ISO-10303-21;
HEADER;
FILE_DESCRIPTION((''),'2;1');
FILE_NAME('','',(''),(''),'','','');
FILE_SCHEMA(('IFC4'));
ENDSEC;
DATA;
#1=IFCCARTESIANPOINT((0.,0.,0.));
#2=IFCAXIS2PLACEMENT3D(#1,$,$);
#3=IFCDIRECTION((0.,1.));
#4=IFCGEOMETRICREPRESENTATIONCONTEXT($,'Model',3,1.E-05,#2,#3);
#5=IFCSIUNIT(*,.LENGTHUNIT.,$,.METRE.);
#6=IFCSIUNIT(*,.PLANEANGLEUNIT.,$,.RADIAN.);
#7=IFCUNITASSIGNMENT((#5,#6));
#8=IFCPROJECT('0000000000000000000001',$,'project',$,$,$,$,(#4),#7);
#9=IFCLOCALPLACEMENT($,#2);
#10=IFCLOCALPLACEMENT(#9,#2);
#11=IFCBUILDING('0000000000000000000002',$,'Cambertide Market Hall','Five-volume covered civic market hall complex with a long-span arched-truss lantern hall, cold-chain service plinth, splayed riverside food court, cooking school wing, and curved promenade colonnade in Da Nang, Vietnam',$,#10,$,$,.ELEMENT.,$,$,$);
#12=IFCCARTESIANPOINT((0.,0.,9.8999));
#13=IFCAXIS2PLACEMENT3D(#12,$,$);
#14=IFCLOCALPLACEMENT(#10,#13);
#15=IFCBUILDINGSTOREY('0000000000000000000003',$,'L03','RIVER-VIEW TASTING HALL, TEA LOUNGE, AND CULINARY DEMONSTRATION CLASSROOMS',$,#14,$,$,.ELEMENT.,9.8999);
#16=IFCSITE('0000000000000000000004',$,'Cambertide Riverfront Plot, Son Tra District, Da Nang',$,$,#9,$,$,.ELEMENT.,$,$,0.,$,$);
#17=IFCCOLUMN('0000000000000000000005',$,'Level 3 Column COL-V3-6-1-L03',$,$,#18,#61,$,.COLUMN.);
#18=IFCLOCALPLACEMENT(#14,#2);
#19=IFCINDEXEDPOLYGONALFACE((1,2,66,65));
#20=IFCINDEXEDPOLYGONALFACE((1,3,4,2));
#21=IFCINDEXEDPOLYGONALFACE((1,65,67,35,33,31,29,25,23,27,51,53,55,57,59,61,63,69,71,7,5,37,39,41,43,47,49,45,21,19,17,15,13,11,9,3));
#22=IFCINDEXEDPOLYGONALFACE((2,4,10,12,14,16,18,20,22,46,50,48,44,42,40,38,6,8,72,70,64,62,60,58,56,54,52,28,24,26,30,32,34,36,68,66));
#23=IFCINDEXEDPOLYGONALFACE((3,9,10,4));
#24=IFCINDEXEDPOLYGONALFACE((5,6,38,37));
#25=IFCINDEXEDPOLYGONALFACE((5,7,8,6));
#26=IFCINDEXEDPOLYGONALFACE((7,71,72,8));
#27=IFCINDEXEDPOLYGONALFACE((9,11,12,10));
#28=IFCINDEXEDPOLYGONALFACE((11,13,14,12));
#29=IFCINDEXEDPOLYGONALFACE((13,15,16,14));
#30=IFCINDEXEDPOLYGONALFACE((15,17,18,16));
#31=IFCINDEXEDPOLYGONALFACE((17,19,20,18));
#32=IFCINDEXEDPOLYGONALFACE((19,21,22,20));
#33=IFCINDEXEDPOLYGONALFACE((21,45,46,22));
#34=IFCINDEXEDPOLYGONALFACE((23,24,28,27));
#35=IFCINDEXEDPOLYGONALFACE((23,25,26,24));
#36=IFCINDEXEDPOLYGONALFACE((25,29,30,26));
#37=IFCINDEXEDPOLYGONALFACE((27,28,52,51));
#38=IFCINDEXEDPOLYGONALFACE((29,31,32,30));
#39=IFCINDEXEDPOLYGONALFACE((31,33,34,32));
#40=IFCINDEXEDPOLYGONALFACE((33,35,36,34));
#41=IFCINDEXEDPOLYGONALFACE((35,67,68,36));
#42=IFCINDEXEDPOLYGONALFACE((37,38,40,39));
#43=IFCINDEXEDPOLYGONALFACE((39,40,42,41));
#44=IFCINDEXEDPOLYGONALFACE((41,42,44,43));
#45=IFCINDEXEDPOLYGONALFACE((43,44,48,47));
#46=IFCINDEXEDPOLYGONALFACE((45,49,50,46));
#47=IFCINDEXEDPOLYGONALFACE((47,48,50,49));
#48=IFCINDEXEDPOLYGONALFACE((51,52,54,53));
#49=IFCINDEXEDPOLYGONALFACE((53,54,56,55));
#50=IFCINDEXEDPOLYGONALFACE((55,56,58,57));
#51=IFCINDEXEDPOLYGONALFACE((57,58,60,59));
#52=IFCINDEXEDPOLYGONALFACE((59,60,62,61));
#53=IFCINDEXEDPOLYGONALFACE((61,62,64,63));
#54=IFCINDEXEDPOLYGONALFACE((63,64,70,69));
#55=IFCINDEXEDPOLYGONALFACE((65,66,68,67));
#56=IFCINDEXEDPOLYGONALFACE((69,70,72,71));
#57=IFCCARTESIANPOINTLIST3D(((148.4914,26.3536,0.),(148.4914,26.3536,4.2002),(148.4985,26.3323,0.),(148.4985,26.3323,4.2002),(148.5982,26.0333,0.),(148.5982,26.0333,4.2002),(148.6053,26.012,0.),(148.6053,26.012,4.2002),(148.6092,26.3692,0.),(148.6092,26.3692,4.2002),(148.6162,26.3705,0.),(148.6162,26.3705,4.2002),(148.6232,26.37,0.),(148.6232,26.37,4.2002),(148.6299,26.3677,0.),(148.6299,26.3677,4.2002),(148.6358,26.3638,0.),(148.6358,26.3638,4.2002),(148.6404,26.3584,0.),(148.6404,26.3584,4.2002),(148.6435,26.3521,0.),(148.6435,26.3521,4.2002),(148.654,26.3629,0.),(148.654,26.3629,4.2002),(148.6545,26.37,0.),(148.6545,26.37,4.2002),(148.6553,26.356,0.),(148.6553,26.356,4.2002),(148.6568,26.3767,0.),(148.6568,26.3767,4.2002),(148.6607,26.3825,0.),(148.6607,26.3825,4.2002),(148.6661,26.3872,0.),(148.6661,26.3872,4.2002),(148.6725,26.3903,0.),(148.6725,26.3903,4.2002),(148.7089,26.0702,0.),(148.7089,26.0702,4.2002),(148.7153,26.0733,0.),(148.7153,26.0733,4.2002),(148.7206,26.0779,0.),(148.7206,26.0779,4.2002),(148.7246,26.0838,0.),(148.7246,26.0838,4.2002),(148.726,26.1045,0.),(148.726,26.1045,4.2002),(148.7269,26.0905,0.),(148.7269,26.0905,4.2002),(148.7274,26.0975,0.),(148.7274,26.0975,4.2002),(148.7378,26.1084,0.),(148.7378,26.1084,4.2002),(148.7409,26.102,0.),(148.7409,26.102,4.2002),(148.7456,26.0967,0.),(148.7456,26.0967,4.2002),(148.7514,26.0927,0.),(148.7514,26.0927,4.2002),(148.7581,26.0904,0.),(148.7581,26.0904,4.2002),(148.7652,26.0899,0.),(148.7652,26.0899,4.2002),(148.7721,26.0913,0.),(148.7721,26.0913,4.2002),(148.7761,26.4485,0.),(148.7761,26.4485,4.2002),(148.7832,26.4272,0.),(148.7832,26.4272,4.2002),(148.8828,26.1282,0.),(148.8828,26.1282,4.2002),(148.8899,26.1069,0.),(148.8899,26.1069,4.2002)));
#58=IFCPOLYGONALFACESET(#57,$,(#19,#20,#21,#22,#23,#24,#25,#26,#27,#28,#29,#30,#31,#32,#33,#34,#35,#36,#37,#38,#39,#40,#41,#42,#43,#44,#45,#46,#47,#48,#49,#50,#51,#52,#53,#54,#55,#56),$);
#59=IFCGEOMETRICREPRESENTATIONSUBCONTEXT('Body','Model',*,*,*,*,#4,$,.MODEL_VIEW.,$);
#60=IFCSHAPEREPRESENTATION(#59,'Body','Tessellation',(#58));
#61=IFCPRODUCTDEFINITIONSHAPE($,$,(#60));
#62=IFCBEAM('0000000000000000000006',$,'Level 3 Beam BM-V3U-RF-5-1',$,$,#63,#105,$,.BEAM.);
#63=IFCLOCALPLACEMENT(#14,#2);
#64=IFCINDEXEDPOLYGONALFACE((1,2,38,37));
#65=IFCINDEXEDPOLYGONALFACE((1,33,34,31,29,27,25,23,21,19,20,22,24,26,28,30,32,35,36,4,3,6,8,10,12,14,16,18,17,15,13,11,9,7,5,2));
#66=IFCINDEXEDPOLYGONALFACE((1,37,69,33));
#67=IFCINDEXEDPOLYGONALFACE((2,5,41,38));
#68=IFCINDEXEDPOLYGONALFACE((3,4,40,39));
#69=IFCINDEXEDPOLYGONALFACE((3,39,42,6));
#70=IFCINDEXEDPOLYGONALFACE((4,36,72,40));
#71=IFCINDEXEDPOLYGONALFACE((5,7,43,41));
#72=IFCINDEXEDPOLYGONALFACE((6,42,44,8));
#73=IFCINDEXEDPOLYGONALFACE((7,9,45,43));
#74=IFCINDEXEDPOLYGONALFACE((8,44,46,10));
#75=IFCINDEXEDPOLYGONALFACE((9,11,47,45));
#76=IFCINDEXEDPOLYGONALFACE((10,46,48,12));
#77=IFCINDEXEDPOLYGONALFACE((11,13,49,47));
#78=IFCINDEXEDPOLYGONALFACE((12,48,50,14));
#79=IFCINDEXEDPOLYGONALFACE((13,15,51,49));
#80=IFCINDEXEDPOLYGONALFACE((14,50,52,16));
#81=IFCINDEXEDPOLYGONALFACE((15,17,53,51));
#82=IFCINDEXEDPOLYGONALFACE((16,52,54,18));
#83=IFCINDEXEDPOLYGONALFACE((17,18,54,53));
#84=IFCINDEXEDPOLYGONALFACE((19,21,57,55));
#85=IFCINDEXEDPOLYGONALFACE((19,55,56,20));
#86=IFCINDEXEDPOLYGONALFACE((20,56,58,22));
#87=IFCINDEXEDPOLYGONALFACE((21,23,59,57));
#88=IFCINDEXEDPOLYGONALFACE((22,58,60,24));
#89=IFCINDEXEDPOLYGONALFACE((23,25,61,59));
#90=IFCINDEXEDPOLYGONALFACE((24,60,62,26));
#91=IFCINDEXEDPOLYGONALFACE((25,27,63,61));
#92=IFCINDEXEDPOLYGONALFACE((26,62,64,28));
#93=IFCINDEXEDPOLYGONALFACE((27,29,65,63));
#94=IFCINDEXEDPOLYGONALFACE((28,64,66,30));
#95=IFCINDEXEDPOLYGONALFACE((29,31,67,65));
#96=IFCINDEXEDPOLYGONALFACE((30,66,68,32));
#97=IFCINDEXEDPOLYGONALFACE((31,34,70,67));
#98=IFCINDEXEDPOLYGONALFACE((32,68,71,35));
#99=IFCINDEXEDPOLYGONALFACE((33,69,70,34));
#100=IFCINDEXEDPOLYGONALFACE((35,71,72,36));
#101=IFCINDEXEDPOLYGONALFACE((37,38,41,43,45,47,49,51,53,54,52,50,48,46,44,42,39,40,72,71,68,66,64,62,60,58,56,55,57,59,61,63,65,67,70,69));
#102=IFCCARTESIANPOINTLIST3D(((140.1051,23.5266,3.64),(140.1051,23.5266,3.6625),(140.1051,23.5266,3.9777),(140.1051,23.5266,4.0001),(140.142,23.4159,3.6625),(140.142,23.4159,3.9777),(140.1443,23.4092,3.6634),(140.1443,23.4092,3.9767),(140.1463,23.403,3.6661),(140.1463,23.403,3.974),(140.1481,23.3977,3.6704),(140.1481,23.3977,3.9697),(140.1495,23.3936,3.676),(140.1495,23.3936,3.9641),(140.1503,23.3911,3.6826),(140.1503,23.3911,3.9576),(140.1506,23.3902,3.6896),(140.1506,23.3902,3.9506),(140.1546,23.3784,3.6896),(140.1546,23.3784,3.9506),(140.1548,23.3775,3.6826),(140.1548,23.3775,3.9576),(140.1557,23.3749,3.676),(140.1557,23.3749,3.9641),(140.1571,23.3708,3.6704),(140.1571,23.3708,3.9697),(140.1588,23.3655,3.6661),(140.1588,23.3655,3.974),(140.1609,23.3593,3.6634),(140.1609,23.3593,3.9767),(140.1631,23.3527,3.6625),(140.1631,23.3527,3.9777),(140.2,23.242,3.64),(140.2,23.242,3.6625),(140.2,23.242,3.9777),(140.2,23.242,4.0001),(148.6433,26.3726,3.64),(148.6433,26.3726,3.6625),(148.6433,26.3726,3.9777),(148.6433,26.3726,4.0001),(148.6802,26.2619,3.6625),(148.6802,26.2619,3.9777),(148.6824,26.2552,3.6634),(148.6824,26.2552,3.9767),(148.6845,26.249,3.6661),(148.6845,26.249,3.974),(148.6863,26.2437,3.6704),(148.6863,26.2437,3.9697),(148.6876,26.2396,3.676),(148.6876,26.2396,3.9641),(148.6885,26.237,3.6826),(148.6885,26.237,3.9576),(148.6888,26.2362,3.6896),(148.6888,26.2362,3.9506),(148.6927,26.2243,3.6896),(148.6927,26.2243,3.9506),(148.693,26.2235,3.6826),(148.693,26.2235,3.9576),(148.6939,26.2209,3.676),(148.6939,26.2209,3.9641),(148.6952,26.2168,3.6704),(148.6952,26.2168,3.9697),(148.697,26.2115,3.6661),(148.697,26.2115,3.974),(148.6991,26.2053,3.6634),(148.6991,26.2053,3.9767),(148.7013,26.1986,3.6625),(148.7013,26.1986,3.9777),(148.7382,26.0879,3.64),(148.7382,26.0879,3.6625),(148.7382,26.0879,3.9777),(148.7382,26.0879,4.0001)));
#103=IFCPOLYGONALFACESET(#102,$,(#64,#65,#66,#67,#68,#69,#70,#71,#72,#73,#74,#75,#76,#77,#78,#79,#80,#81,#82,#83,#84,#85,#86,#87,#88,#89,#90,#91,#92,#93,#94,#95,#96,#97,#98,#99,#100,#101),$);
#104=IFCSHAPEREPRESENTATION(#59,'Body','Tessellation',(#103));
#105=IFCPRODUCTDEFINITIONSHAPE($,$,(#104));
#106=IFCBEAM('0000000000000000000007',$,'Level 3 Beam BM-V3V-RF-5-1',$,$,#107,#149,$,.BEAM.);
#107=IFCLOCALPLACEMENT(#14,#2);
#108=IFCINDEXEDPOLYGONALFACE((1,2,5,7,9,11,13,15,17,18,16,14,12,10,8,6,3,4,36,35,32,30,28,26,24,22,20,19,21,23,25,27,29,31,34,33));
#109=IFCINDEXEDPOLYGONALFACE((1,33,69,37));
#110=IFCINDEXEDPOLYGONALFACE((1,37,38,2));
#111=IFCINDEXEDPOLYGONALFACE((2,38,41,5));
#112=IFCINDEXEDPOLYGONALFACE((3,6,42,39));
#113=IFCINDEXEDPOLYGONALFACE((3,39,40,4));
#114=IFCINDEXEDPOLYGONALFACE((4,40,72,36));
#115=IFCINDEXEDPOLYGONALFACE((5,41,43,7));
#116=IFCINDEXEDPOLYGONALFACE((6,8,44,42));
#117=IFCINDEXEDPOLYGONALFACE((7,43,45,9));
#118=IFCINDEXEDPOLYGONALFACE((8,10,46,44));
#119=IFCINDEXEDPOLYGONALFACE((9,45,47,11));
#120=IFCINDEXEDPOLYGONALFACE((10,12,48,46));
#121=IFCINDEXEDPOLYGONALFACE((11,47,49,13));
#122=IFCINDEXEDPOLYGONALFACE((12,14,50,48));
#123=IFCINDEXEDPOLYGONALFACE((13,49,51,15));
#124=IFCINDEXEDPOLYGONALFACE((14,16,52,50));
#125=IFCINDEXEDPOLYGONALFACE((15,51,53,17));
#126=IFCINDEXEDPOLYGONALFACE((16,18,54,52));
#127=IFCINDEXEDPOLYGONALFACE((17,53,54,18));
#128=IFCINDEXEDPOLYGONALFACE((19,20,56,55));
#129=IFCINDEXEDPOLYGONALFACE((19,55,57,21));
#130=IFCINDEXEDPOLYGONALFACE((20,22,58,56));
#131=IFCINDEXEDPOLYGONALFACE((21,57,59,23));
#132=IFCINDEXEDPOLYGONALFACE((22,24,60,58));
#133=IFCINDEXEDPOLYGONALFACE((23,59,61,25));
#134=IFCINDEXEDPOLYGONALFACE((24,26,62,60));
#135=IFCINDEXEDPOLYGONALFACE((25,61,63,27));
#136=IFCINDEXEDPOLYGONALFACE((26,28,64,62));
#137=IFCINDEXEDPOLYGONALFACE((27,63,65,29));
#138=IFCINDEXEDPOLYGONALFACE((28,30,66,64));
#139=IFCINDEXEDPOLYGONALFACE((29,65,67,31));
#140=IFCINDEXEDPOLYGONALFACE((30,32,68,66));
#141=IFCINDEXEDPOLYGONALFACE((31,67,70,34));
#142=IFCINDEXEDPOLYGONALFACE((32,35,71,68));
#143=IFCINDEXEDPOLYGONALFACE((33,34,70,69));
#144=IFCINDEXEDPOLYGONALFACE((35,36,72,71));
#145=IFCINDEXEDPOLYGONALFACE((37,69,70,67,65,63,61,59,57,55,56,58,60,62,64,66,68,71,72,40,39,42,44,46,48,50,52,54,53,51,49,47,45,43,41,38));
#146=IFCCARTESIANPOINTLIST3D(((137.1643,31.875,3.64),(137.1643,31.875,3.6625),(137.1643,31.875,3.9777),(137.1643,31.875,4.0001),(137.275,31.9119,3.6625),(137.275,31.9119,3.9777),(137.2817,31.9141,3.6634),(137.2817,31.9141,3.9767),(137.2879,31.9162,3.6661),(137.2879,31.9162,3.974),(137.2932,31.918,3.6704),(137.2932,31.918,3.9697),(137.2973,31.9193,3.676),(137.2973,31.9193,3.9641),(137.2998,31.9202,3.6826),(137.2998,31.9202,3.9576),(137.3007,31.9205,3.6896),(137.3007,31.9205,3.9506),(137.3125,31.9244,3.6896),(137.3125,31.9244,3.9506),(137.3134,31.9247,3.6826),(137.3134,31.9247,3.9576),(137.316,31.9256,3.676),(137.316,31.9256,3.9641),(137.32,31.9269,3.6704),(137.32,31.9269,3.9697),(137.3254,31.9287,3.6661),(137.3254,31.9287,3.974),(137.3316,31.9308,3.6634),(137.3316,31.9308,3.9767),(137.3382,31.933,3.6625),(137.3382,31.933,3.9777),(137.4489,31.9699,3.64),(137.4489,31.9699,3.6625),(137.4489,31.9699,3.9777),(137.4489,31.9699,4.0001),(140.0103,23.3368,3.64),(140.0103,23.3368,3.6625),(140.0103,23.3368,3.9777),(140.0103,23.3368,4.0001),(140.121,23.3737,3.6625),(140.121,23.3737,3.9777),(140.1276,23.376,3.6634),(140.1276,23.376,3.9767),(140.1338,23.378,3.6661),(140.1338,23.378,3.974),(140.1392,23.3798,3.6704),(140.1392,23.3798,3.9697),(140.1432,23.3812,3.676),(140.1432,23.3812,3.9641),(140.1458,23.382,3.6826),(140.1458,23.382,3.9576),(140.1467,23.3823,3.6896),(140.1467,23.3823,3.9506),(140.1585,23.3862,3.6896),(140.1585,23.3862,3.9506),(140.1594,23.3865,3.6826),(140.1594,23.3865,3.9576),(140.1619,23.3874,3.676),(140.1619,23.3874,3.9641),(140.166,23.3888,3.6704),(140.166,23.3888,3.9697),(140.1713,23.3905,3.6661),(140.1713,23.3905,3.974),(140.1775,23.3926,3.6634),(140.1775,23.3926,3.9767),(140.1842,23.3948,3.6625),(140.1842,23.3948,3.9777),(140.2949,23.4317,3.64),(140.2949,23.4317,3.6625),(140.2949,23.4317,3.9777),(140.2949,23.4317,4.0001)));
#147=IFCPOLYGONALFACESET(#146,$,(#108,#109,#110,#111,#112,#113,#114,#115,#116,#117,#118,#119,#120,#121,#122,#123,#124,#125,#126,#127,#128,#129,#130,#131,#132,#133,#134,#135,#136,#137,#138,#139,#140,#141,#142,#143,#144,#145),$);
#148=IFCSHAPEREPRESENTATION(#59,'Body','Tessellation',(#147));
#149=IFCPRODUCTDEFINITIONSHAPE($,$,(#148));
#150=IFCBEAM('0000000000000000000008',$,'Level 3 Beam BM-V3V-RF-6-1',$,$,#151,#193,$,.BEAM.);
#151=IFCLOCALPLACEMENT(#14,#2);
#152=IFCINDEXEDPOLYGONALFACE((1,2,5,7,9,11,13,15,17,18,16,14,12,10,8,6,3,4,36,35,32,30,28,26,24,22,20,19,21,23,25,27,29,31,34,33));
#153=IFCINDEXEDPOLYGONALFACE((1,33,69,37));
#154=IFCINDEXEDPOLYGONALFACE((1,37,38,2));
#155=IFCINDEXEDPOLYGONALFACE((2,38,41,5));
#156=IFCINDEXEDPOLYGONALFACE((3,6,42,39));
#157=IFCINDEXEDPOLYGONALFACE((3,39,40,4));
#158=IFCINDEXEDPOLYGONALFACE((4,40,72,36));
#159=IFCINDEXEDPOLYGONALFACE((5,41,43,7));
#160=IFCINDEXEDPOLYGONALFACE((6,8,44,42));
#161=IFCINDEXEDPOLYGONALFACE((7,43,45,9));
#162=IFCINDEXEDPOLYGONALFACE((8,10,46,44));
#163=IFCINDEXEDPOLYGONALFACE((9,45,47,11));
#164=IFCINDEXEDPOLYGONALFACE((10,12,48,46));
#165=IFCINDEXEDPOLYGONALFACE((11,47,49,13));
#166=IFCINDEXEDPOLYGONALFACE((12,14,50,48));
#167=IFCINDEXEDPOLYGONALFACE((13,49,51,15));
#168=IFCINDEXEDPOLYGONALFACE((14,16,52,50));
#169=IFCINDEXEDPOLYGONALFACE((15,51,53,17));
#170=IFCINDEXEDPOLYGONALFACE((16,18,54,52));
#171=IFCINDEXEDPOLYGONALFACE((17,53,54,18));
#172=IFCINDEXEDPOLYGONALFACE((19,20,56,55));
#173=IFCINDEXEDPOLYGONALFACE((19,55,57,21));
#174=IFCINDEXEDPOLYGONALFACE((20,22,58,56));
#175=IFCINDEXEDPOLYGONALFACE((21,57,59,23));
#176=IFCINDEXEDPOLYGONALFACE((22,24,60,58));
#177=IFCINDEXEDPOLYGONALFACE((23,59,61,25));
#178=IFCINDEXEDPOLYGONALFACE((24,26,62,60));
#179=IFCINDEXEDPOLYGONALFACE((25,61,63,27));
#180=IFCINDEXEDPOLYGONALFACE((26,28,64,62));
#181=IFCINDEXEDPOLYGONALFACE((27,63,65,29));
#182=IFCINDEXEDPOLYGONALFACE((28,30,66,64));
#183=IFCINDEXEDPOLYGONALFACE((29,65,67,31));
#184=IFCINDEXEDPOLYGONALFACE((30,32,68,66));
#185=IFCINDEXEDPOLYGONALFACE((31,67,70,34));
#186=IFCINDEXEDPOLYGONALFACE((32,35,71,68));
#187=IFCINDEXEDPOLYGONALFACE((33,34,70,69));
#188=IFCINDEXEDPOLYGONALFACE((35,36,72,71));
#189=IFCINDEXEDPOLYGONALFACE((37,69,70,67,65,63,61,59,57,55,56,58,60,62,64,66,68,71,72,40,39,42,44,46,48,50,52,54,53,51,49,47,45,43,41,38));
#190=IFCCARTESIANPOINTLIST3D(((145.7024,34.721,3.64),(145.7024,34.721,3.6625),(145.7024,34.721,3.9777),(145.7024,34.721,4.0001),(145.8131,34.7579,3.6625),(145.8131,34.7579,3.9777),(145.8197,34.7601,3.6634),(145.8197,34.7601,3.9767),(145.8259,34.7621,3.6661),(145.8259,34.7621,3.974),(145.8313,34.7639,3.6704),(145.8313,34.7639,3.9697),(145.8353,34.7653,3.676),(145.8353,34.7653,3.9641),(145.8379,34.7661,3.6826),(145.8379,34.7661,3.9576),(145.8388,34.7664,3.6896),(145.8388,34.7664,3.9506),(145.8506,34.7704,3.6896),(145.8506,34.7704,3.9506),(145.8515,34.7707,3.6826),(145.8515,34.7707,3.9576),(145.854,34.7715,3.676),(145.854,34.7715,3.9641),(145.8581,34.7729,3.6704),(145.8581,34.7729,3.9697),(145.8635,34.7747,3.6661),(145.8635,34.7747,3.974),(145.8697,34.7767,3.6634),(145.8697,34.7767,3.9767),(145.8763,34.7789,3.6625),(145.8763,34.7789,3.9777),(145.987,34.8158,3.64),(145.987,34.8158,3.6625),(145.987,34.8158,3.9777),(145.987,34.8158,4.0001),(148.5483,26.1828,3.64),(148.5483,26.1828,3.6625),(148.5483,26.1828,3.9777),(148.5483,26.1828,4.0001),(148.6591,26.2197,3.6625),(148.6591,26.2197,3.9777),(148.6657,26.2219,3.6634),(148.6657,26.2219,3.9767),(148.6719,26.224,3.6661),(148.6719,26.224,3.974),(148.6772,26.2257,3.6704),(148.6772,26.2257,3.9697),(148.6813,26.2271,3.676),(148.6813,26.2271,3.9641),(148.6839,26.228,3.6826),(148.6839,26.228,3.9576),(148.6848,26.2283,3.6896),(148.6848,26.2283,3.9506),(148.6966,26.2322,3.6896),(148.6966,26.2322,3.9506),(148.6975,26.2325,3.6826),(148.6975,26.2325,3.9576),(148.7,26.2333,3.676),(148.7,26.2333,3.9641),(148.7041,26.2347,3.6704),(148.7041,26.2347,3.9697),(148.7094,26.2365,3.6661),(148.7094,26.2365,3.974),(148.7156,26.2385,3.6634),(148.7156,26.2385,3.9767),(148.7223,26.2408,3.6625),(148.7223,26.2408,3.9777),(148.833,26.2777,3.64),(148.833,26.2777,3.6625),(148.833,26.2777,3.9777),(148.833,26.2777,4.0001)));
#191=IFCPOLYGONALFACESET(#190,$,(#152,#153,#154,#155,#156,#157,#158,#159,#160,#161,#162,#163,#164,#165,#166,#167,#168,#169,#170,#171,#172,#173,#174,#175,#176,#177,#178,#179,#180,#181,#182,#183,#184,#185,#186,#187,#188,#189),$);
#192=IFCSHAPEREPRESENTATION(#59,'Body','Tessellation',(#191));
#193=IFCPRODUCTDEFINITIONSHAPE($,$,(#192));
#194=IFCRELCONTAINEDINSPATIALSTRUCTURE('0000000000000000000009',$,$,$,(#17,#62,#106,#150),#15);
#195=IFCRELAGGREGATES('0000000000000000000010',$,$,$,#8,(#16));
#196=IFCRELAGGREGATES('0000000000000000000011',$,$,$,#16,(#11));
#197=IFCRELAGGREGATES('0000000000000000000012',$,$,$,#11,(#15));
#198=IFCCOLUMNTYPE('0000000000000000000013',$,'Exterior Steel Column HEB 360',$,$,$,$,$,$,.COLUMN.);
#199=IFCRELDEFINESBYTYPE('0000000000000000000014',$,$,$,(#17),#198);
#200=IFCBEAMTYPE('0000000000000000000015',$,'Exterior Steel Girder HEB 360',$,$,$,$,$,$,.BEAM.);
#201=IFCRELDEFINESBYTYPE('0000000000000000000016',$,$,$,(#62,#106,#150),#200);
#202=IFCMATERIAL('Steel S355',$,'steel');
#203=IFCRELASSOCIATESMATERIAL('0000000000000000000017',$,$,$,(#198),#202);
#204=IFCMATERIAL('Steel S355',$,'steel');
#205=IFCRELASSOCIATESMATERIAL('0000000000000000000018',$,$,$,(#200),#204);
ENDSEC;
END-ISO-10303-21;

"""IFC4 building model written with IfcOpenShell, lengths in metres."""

from ifc_helpers import new_model, si_unit, direction, frame, origin, origin_2d, place, context, subcontext, project, spatial, i_section, extrude, material, material_profile, profile_set, type_object, element, save


model = new_model("IFC4")

# Units and contexts
model_context = context("Model", 3, precision=1e-05, world=origin(), true_north=direction((0.0, 1.0)))
body_context = subcontext(model_context, "Body", "Model", "MODEL_VIEW")
ifc_project = project(units=[si_unit("LENGTHUNIT", "METRE"), si_unit("PLANEANGLEUNIT", "RADIAN")], contexts=[model_context])

# Site, building, storey
site_placement = place(None, origin())
site = spatial("IfcSite", under=ifc_project, at=site_placement, Name="Cambertide Riverfront Plot, Son Tra District, Da Nang", CompositionType="ELEMENT", RefElevation=0.0)
building_placement = place(site_placement, origin())
building = spatial("IfcBuilding", under=site, at=building_placement, Name="Cambertide Market Hall", Description="Five-volume covered civic market hall complex with a long-span arched-truss lantern hall, cold-chain service plinth, splayed riverside food court, cooking school wing, and curved promenade colonnade in Da Nang, Vietnam", CompositionType="ELEMENT")
storey_placement = place(building_placement, frame((0.0, 0.0, 9.8999)))
storey = spatial("IfcBuildingStorey", under=building, at=storey_placement, Name="L03", Description="RIVER-VIEW TASTING HALL, TEA LOUNGE, AND CULINARY DEMONSTRATION CLASSROOMS", CompositionType="ELEMENT", Elevation=9.8999)

# Column
ifc_material_1 = material(Name="Steel S355", Category="steel")
ifc_material_profile_1 = material_profile(ifc_material_1, i_section(OverallWidth=0.3, OverallDepth=0.3601, WebThickness=0.0125, FlangeThickness=0.0225, FilletRadius=0.0271, at=origin_2d()), Name="HEB 360")
ifc_profile_set_1 = profile_set([ifc_material_profile_1], Name="Steel S355")
column_type = type_object("IfcColumnType", Name="Exterior Steel Column HEB 360", PredefinedType="COLUMN", material=ifc_profile_set_1)
column_placement = place(storey_placement, frame((148.6907, 26.2302, 0.0), z_axis=(0.0, 0.0, 1.0), x_axis=(0.948683, 0.316228, 0.0)))
element("IfcColumn", 1, at=column_placement, inside=storey, type_object=column_type, Name="Level 3 Column COL-V3-6-1-L03", PredefinedType="COLUMN", context=body_context, shape_type="SweptSolid", body=[
    extrude(i_section(OverallWidth=0.3, OverallDepth=0.3601, WebThickness=0.0125, FlangeThickness=0.0225, FilletRadius=0.0271, at=origin_2d()), origin(), (0.0, 0.0, 1.0), 4.2002),
])

# Beams
ifc_material_2 = material(Name="Steel S355", Category="steel")
ifc_material_profile_2 = material_profile(ifc_material_2, i_section(OverallWidth=0.3, OverallDepth=0.3601, WebThickness=0.0125, FlangeThickness=0.0225, FilletRadius=0.0271, at=origin_2d()), Name="HEB 360")
ifc_profile_set_2 = profile_set([ifc_material_profile_2], Name="Steel S355")
beam_type_1 = type_object("IfcBeamType", Name="Exterior Steel Girder HEB 360", PredefinedType="BEAM", material=ifc_profile_set_2)
for number, where, z_axis, x_axis, name in (
    (2, (140.1526, 23.3843, 3.8201), (0.948686, 0.31622, 0.0), (-0.31622, 0.948686, 0.0), "Level 3 Beam BM-V3U-RF-5-1"),
    (3, (140.1526, 23.3843, 3.8201), (-0.31622, 0.948686, 0.0), (-0.948686, -0.31622, 0.0), "Level 3 Beam BM-V3V-RF-5-1"),
    (4, (148.6907, 26.2302, 3.8201), (-0.31622, 0.948686, 0.0), (-0.948686, -0.31622, 0.0), "Level 3 Beam BM-V3V-RF-6-1"),
):
    element("IfcBeam", number, at=place(storey_placement, frame(where, z_axis=z_axis, x_axis=x_axis)), inside=storey, type_object=beam_type_1, Name=name, PredefinedType="BEAM", context=body_context, shape_type="SweptSolid", body=[
        extrude(i_section(OverallWidth=0.3, OverallDepth=0.3601, WebThickness=0.0125, FlangeThickness=0.0225, FilletRadius=0.0271, at=origin_2d()), origin(), (0.0, 0.0, 1.0), 9.0),
    ])

save(model, "model.ifc")
